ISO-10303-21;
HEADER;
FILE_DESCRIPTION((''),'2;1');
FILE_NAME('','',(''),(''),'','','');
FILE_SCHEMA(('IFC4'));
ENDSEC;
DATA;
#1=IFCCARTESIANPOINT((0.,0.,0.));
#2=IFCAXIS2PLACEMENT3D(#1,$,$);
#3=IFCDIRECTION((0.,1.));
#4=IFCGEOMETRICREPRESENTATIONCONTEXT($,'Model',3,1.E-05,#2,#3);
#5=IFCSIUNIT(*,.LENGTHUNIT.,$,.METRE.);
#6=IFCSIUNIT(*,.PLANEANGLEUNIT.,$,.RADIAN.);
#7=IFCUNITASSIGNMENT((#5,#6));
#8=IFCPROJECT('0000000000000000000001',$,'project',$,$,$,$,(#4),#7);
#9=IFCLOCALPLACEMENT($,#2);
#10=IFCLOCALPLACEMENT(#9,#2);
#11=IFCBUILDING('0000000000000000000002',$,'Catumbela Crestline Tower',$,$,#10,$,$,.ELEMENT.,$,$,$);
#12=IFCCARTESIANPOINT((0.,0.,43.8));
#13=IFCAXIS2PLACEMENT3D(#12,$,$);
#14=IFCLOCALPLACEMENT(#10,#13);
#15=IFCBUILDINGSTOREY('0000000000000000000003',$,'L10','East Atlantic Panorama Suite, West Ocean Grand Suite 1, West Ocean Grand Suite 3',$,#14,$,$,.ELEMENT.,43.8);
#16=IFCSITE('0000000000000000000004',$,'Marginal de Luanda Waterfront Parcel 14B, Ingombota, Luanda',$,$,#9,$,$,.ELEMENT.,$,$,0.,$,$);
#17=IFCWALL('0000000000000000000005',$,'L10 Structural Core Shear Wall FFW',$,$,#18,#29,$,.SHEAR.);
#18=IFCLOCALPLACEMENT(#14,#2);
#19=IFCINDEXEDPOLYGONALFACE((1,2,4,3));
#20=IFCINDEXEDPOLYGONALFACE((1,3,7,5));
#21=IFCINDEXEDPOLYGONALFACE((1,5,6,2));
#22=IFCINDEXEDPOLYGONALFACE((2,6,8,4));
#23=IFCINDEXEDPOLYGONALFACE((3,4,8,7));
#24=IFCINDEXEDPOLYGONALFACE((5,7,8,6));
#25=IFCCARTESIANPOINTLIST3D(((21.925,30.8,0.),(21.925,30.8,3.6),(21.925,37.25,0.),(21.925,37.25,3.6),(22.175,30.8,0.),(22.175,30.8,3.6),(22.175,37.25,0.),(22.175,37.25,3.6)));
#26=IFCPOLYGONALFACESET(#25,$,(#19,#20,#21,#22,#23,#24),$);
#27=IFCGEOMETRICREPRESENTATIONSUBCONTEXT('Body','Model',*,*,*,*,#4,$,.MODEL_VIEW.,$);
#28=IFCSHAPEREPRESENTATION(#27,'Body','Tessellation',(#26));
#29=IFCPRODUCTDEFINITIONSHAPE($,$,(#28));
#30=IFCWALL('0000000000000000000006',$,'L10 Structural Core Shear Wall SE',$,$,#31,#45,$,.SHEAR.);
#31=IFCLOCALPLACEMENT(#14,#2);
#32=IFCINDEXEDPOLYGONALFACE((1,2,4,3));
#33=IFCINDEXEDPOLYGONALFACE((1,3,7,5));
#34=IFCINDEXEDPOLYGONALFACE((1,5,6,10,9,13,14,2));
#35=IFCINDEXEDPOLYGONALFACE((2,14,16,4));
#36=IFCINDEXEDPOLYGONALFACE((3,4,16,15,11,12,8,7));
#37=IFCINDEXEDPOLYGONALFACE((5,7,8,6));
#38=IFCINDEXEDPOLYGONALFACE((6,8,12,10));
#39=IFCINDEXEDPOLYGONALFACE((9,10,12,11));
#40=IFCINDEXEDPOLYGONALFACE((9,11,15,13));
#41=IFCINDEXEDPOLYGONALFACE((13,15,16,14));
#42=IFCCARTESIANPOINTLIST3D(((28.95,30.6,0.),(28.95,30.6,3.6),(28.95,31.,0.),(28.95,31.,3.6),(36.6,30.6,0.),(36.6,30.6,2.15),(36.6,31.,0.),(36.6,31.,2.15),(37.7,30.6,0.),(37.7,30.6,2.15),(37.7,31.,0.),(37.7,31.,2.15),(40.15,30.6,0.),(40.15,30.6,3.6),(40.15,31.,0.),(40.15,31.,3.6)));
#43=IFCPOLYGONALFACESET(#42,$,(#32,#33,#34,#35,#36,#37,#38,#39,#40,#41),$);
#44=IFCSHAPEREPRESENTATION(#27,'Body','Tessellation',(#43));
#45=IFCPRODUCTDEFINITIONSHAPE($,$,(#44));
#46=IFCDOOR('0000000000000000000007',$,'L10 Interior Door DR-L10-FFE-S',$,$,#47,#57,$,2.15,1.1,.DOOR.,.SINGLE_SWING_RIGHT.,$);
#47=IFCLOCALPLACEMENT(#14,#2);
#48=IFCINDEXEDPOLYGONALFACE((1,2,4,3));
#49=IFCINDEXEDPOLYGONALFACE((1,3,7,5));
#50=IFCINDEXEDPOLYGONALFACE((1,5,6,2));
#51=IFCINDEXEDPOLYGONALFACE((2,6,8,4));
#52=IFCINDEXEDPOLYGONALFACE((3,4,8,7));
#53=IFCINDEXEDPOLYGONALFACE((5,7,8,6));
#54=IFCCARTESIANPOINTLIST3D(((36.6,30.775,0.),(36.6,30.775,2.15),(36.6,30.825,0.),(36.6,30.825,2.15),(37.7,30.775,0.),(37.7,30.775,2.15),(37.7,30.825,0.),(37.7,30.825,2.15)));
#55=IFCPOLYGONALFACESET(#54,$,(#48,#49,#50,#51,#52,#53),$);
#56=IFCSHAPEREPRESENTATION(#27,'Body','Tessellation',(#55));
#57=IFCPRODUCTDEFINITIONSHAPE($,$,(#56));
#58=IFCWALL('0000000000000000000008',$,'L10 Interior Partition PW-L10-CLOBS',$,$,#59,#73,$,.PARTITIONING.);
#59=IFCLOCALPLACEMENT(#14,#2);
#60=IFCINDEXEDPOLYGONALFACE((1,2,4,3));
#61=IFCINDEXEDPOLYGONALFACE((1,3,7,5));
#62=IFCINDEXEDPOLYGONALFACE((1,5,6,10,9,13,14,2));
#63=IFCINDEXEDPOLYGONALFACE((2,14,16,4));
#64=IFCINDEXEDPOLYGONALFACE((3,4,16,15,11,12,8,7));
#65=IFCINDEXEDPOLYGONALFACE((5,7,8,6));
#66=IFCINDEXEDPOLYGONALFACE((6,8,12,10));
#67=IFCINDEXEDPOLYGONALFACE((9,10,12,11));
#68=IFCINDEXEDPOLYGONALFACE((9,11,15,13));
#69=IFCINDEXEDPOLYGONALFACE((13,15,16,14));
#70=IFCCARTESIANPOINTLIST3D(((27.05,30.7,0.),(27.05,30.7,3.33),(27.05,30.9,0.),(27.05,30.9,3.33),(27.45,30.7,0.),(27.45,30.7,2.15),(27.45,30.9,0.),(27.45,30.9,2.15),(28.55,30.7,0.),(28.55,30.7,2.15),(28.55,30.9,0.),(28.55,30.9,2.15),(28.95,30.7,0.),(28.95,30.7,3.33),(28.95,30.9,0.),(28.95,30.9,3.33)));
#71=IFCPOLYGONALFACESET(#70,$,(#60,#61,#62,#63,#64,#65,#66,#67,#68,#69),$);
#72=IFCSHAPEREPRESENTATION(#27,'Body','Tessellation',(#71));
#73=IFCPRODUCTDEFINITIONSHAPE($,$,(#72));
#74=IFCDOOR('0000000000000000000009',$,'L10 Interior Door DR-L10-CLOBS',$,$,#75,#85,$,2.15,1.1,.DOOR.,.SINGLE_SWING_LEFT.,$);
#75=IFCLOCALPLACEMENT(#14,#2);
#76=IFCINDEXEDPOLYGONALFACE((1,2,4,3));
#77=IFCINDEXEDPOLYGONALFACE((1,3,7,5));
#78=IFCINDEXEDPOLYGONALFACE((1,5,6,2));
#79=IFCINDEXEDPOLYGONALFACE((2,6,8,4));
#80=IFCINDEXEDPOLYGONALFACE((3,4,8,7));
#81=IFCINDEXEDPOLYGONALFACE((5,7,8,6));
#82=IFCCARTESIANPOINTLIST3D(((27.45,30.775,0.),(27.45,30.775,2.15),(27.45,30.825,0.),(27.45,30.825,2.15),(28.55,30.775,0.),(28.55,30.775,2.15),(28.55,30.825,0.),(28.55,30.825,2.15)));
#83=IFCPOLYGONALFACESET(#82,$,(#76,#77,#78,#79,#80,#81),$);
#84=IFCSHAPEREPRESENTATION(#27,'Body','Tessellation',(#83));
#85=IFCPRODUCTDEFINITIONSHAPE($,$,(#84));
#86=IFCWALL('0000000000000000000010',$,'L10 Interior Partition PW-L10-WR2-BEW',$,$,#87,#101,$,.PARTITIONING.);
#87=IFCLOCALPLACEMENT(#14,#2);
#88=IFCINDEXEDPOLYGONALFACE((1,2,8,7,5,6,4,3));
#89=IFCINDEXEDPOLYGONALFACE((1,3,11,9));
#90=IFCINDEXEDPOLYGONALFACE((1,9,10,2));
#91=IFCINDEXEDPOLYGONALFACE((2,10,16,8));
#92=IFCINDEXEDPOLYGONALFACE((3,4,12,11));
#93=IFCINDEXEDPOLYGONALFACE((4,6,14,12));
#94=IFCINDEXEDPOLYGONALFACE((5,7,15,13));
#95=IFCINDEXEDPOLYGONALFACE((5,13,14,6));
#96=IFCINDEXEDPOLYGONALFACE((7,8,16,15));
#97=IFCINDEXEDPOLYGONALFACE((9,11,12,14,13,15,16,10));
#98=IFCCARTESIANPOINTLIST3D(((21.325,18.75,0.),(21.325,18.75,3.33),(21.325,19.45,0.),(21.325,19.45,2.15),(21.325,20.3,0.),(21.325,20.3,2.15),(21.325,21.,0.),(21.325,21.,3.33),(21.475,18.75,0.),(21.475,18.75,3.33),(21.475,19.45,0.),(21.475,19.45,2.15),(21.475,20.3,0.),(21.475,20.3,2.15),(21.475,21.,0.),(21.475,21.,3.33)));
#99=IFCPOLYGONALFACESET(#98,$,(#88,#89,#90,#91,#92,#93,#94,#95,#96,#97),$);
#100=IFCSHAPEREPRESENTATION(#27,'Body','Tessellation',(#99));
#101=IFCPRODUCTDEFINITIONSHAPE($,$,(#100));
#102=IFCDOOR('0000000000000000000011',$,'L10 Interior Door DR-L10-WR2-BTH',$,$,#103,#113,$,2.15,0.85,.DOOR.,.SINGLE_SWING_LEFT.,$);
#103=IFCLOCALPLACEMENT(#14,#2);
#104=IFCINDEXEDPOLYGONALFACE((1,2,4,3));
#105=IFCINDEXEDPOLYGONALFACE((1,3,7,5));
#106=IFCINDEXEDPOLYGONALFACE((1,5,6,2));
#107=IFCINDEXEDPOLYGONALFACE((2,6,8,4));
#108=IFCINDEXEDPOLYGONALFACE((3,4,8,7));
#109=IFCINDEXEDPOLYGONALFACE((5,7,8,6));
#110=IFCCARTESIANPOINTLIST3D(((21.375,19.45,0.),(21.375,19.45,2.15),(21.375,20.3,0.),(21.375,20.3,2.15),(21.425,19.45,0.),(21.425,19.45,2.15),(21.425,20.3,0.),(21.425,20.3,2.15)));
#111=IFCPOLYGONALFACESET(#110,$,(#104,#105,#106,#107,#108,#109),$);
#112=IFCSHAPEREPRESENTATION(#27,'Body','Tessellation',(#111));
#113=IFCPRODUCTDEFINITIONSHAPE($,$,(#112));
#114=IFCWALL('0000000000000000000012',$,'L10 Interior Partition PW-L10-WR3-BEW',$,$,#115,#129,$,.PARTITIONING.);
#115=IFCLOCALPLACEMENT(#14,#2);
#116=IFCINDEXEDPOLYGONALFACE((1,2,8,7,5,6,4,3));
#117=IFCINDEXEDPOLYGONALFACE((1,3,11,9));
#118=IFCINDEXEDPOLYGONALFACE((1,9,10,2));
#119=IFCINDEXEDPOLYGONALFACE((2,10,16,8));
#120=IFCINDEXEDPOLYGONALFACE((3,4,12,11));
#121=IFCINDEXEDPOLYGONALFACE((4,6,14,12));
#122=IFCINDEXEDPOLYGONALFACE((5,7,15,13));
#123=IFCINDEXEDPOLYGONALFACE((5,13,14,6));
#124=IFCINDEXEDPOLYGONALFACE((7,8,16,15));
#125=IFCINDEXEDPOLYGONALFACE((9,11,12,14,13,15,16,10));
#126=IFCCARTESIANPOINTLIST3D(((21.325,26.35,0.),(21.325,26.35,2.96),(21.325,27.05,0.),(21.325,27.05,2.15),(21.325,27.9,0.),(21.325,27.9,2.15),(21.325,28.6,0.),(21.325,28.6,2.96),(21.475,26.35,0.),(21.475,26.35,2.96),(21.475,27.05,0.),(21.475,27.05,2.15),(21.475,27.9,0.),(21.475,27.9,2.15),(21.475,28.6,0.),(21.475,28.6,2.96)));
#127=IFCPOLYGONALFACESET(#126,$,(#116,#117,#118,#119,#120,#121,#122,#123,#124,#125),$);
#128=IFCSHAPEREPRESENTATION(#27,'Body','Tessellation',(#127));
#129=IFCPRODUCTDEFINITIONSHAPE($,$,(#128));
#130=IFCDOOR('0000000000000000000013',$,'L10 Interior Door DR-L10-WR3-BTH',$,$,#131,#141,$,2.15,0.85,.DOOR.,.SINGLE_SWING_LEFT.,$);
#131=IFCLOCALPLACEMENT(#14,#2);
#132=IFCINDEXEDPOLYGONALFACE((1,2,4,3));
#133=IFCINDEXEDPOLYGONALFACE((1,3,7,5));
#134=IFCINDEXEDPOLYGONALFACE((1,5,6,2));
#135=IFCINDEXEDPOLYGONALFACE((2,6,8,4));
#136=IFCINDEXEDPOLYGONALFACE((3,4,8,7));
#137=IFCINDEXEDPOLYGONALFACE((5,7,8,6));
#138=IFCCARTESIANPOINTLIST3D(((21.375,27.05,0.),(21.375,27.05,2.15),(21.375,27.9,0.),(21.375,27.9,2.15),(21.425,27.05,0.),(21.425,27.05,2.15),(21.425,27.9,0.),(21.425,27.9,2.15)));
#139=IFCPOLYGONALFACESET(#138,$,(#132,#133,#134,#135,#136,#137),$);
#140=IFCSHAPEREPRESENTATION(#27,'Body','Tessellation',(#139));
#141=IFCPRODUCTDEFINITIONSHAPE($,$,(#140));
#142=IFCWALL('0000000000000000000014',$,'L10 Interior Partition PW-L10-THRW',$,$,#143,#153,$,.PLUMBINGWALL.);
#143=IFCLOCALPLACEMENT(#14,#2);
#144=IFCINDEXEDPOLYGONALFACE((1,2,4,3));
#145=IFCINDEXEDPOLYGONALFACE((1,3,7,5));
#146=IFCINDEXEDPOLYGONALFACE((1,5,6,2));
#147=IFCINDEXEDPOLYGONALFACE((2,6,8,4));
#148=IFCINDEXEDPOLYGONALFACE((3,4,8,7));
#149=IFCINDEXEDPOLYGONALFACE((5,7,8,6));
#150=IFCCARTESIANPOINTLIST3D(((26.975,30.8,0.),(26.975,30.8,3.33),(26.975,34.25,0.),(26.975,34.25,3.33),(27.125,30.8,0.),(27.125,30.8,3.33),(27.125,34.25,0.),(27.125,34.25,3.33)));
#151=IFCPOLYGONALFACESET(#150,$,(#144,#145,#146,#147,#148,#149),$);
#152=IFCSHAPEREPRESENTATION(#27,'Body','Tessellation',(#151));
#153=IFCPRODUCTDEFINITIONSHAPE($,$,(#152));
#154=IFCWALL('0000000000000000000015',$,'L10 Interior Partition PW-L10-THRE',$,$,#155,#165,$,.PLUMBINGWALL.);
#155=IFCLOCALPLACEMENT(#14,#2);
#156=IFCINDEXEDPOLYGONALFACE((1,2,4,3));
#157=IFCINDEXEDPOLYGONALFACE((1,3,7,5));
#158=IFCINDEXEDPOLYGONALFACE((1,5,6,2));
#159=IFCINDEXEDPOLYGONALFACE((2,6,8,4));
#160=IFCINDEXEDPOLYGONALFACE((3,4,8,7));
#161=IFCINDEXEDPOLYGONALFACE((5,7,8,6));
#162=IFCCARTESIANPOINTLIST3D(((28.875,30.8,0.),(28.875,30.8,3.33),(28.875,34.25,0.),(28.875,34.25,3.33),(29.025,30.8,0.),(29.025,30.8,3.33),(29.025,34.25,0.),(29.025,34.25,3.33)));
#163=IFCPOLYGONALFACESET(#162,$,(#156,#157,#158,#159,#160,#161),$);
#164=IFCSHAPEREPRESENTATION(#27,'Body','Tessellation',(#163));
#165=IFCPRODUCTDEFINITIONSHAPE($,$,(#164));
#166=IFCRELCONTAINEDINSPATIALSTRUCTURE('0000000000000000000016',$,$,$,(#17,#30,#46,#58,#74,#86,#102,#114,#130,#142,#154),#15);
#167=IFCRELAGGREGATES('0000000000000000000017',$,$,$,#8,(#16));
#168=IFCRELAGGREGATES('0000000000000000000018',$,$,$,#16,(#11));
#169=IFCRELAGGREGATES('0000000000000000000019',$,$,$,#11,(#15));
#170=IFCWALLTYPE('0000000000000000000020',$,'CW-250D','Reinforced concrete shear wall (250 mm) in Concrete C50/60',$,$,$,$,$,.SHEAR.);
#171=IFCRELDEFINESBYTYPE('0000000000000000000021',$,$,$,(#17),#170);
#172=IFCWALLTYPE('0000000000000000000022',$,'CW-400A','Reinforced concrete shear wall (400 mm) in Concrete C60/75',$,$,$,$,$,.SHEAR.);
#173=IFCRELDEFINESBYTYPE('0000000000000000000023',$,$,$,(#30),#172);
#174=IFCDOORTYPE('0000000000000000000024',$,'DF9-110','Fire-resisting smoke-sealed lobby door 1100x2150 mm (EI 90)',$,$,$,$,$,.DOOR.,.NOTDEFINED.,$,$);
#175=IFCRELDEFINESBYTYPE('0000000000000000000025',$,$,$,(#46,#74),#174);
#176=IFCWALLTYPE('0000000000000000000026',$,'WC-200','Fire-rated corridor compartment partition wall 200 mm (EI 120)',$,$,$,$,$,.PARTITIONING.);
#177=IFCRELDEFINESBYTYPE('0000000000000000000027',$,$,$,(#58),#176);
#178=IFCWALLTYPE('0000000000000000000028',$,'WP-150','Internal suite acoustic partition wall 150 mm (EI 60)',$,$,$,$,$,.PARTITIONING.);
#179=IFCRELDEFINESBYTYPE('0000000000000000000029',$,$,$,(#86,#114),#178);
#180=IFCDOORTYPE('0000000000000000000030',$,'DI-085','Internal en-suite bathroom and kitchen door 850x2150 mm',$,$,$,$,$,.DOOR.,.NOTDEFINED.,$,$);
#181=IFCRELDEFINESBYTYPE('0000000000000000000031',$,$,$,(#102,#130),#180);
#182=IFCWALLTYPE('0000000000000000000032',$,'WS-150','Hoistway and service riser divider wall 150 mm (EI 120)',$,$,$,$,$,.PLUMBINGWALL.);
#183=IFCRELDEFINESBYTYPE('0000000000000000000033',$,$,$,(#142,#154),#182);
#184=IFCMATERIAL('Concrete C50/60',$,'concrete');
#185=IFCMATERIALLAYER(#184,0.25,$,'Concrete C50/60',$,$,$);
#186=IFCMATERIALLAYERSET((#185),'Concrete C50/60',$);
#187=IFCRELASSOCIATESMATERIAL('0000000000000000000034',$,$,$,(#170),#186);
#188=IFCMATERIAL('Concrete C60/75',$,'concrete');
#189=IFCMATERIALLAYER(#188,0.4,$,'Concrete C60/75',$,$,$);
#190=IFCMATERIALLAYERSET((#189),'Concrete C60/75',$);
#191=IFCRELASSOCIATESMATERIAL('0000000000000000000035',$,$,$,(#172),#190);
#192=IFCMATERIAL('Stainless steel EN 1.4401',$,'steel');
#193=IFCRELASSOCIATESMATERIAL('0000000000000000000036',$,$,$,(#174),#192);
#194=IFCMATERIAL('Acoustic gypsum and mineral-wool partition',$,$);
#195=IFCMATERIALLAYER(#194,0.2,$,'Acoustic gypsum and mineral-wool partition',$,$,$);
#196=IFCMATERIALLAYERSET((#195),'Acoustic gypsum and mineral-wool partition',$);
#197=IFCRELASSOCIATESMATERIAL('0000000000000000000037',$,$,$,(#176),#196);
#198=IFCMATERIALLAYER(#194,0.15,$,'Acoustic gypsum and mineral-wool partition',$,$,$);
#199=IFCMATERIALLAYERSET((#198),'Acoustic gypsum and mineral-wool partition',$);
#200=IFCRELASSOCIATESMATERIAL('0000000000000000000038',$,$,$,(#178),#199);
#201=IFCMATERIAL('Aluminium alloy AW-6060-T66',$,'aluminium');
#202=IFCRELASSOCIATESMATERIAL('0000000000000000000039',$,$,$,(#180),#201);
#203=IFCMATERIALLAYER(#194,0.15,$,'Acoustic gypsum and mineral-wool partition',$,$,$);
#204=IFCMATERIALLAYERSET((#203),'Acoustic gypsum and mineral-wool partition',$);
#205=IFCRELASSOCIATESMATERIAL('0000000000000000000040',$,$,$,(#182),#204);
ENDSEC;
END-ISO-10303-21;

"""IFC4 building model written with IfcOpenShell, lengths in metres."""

from ifc_helpers import new_model, si_unit, direction, frame, frame_2d, origin, place, context, subcontext, project, spatial, rectangle, extrude, material, layer, layer_set, type_object, element, fill, save


model = new_model("IFC4")

# Units and contexts
model_context = context("Model", 3, precision=1e-05, world=origin(), true_north=direction((0.0, 1.0)))
body_context = subcontext(model_context, "Body", "Model", "MODEL_VIEW")
ifc_project = project(units=[si_unit("LENGTHUNIT", "METRE"), si_unit("PLANEANGLEUNIT", "RADIAN")], contexts=[model_context])

# Site, building, storey
site_placement = place(None, origin())
site = spatial("IfcSite", under=ifc_project, at=site_placement, Name="Marginal de Luanda Waterfront Parcel 14B, Ingombota, Luanda", CompositionType="ELEMENT", RefElevation=0.0)
building_placement = place(site_placement, origin())
building = spatial("IfcBuilding", under=site, at=building_placement, Name="Catumbela Crestline Tower", CompositionType="ELEMENT")
storey_placement = place(building_placement, frame((0.0, 0.0, 43.8)))
storey = spatial("IfcBuildingStorey", under=building, at=storey_placement, Name="L10", Description="East Atlantic Panorama Suite, West Ocean Grand Suite 1, West Ocean Grand Suite 3", CompositionType="ELEMENT", Elevation=43.8)

# Shared definitions
ifc_material_1 = material(Name="Concrete C60/75", Category="concrete")

# Shared definitions
ifc_material_2 = material(Name="Aluminium alloy AW-6060-T66", Category="aluminium")

# Wall
ifc_material_3 = material(Name="Concrete C50/60", Category="concrete")
ifc_layer_1 = layer(ifc_material_3, 0.25, Name="Concrete C50/60")
ifc_layer_set_1 = layer_set([ifc_layer_1], Name="Concrete C50/60")
wall_type_1 = type_object("IfcWallType", Name="CW-250D", Description="Reinforced concrete shear wall (250 mm) in Concrete C50/60", PredefinedType="SHEAR", material=ifc_layer_set_1)
wall_1_placement = place(storey_placement, frame((22.05, 30.8, 0.0), z_axis=(0.0, 0.0, 1.0), x_axis=(0.0, 1.0, 0.0)))
element("IfcWall", 1, at=wall_1_placement, inside=storey, type_object=wall_type_1, Name="L10 Structural Core Shear Wall FFW", PredefinedType="SHEAR", context=body_context, shape_type="SweptSolid", body=[
    extrude(rectangle(XDim=6.45, YDim=0.25, at=frame_2d((3.225, 0.0))), origin(), (0.0, 0.0, 1.0), 3.6),
])

# Walls, openings, doors
ifc_layer_2 = layer(ifc_material_1, 0.4, Name="Concrete C60/75")
ifc_layer_set_2 = layer_set([ifc_layer_2], Name="Concrete C60/75")
wall_type_2 = type_object("IfcWallType", Name="CW-400A", Description="Reinforced concrete shear wall (400 mm) in Concrete C60/75", PredefinedType="SHEAR", material=ifc_layer_set_2)
wall_2_placement = place(storey_placement, frame((28.95, 30.8, 0.0), z_axis=(0.0, 0.0, 1.0), x_axis=(1.0, 0.0, 0.0)))
wall_2 = element("IfcWall", 2, at=wall_2_placement, inside=storey, type_object=wall_type_2, Name="L10 Structural Core Shear Wall SE", PredefinedType="SHEAR", context=body_context, shape_type="SweptSolid", body=[
    extrude(rectangle(XDim=11.2, YDim=0.4, at=frame_2d((5.6, 0.0))), origin(), (0.0, 0.0, 1.0), 3.6),
])
opening_1_placement = place(wall_2_placement, frame((7.65, 0.0, 0.0)))
opening_1 = element("IfcOpeningElement", 3, at=opening_1_placement, cuts=wall_2, PredefinedType="OPENING", context=body_context, shape_type="SweptSolid", body=[
    extrude(rectangle(XDim=1.1, YDim=2.15, at=frame_2d((0.55, 1.075))), frame((0.0, 0.21, 0.0), z_axis=(0.0, -1.0, 0.0), x_axis=(1.0, 0.0, 0.0)), (0.0, 0.0, 1.0), 0.42),
])
ifc_material_4 = material(Name="Stainless steel EN 1.4401", Category="steel")
door_type_1 = type_object("IfcDoorType", Name="DF9-110", Description="Fire-resisting smoke-sealed lobby door 1100x2150 mm (EI 90)", OperationType="NOTDEFINED", PredefinedType="DOOR", material=ifc_material_4)
door_1_placement = place(opening_1_placement, origin())
door_1 = element("IfcDoor", 4, at=door_1_placement, inside=storey, type_object=door_type_1, Name="L10 Interior Door DR-L10-FFE-S", OperationType="SINGLE_SWING_RIGHT", OverallHeight=2.15, OverallWidth=1.1, PredefinedType="DOOR", context=body_context, shape_type="SweptSolid", body=[
    extrude(rectangle(XDim=1.1, YDim=2.15, at=frame_2d((0.55, 1.075))), frame((0.0, 0.025, 0.0), z_axis=(0.0, -1.0, 0.0), x_axis=(1.0, 0.0, 0.0)), (0.0, 0.0, 1.0), 0.05),
])
fill(opening_1, door_1)
ifc_material_5 = material(Name="Acoustic gypsum and mineral-wool partition")
ifc_layer_3 = layer(ifc_material_5, 0.2, Name="Acoustic gypsum and mineral-wool partition")
ifc_layer_set_3 = layer_set([ifc_layer_3], Name="Acoustic gypsum and mineral-wool partition")
wall_type_3 = type_object("IfcWallType", Name="WC-200", Description="Fire-rated corridor compartment partition wall 200 mm (EI 120)", PredefinedType="PARTITIONING", material=ifc_layer_set_3)
wall_3_placement = place(storey_placement, frame((27.05, 30.8, 0.0), z_axis=(0.0, 0.0, 1.0), x_axis=(1.0, 0.0, 0.0)))
wall_3 = element("IfcWall", 5, at=wall_3_placement, inside=storey, type_object=wall_type_3, Name="L10 Interior Partition PW-L10-CLOBS", PredefinedType="PARTITIONING", context=body_context, shape_type="SweptSolid", body=[
    extrude(rectangle(XDim=1.9, YDim=0.2, at=frame_2d((0.95, 0.0))), origin(), (0.0, 0.0, 1.0), 3.33),
])
opening_2_placement = place(wall_3_placement, frame((0.4, 0.0, 0.0)))
opening_2 = element("IfcOpeningElement", 6, at=opening_2_placement, cuts=wall_3, PredefinedType="OPENING", context=body_context, shape_type="SweptSolid", body=[
    extrude(rectangle(XDim=1.1, YDim=2.15, at=frame_2d((0.55, 1.075))), frame((0.0, 0.11, 0.0), z_axis=(0.0, -1.0, 0.0), x_axis=(1.0, 0.0, 0.0)), (0.0, 0.0, 1.0), 0.22),
])
door_2_placement = place(opening_2_placement, origin())
door_2 = element("IfcDoor", 7, at=door_2_placement, inside=storey, type_object=door_type_1, Name="L10 Interior Door DR-L10-CLOBS", OperationType="SINGLE_SWING_LEFT", OverallHeight=2.15, OverallWidth=1.1, PredefinedType="DOOR", context=body_context, shape_type="SweptSolid", body=[
    extrude(rectangle(XDim=1.1, YDim=2.15, at=frame_2d((0.55, 1.075))), frame((0.0, 0.025, 0.0), z_axis=(0.0, -1.0, 0.0), x_axis=(1.0, 0.0, 0.0)), (0.0, 0.0, 1.0), 0.05),
])
fill(opening_2, door_2)
ifc_layer_4 = layer(ifc_material_5, 0.15, Name="Acoustic gypsum and mineral-wool partition")
ifc_layer_set_4 = layer_set([ifc_layer_4], Name="Acoustic gypsum and mineral-wool partition")
wall_type_4 = type_object("IfcWallType", Name="WP-150", Description="Internal suite acoustic partition wall 150 mm (EI 60)", PredefinedType="PARTITIONING", material=ifc_layer_set_4)
wall_4_placement = place(storey_placement, frame((21.4, 18.75, 0.0), z_axis=(0.0, 0.0, 1.0), x_axis=(0.0, 1.0, 0.0)))
wall_4 = element("IfcWall", 8, at=wall_4_placement, inside=storey, type_object=wall_type_4, Name="L10 Interior Partition PW-L10-WR2-BEW", PredefinedType="PARTITIONING", context=body_context, shape_type="SweptSolid", body=[
    extrude(rectangle(XDim=2.25, YDim=0.15, at=frame_2d((1.125, 0.0))), origin(), (0.0, 0.0, 1.0), 3.33),
])
opening_3_placement = place(wall_4_placement, frame((0.7, 0.0, 0.0)))
opening_3 = element("IfcOpeningElement", 9, at=opening_3_placement, cuts=wall_4, PredefinedType="OPENING", context=body_context, shape_type="SweptSolid", body=[
    extrude(rectangle(XDim=0.85, YDim=2.15, at=frame_2d((0.425, 1.075))), frame((0.0, 0.085, 0.0), z_axis=(0.0, -1.0, 0.0), x_axis=(1.0, 0.0, 0.0)), (0.0, 0.0, 1.0), 0.17),
])
door_type_2 = type_object("IfcDoorType", Name="DI-085", Description="Internal en-suite bathroom and kitchen door 850x2150 mm", OperationType="NOTDEFINED", PredefinedType="DOOR", material=ifc_material_2)
door_3_placement = place(opening_3_placement, origin())
door_3 = element("IfcDoor", 10, at=door_3_placement, inside=storey, type_object=door_type_2, Name="L10 Interior Door DR-L10-WR2-BTH", OperationType="SINGLE_SWING_LEFT", OverallHeight=2.15, OverallWidth=0.85, PredefinedType="DOOR", context=body_context, shape_type="SweptSolid", body=[
    extrude(rectangle(XDim=0.85, YDim=2.15, at=frame_2d((0.425, 1.075))), frame((0.0, 0.025, 0.0), z_axis=(0.0, -1.0, 0.0), x_axis=(1.0, 0.0, 0.0)), (0.0, 0.0, 1.0), 0.05),
])
fill(opening_3, door_3)
wall_5_placement = place(storey_placement, frame((21.4, 26.35, 0.0), z_axis=(0.0, 0.0, 1.0), x_axis=(0.0, 1.0, 0.0)))
wall_5 = element("IfcWall", 11, at=wall_5_placement, inside=storey, type_object=wall_type_4, Name="L10 Interior Partition PW-L10-WR3-BEW", PredefinedType="PARTITIONING", context=body_context, shape_type="SweptSolid", body=[
    extrude(rectangle(XDim=2.25, YDim=0.15, at=frame_2d((1.125, 0.0))), origin(), (0.0, 0.0, 1.0), 2.96),
])
opening_4_placement = place(wall_5_placement, frame((0.7, 0.0, 0.0)))
opening_4 = element("IfcOpeningElement", 12, at=opening_4_placement, cuts=wall_5, PredefinedType="OPENING", context=body_context, shape_type="SweptSolid", body=[
    extrude(rectangle(XDim=0.85, YDim=2.15, at=frame_2d((0.425, 1.075))), frame((0.0, 0.085, 0.0), z_axis=(0.0, -1.0, 0.0), x_axis=(1.0, 0.0, 0.0)), (0.0, 0.0, 1.0), 0.17),
])
door_4_placement = place(opening_4_placement, origin())
door_4 = element("IfcDoor", 13, at=door_4_placement, inside=storey, type_object=door_type_2, Name="L10 Interior Door DR-L10-WR3-BTH", OperationType="SINGLE_SWING_LEFT", OverallHeight=2.15, OverallWidth=0.85, PredefinedType="DOOR", context=body_context, shape_type="SweptSolid", body=[
    extrude(rectangle(XDim=0.85, YDim=2.15, at=frame_2d((0.425, 1.075))), frame((0.0, 0.025, 0.0), z_axis=(0.0, -1.0, 0.0), x_axis=(1.0, 0.0, 0.0)), (0.0, 0.0, 1.0), 0.05),
])
fill(opening_4, door_4)

# Walls
ifc_layer_5 = layer(ifc_material_5, 0.15, Name="Acoustic gypsum and mineral-wool partition")
ifc_layer_set_5 = layer_set([ifc_layer_5], Name="Acoustic gypsum and mineral-wool partition")
wall_type_5 = type_object("IfcWallType", Name="WS-150", Description="Hoistway and service riser divider wall 150 mm (EI 120)", PredefinedType="PLUMBINGWALL", material=ifc_layer_set_5)
for number, where, z_axis, x_axis, name in (
    (14, (27.05, 30.8, 0.0), (0.0, 0.0, 1.0), (0.0, 1.0, 0.0), "L10 Interior Partition PW-L10-THRW"),
    (15, (28.95, 30.8, 0.0), (0.0, 0.0, 1.0), (0.0, 1.0, 0.0), "L10 Interior Partition PW-L10-THRE"),
):
    element("IfcWall", number, at=place(storey_placement, frame(where, z_axis=z_axis, x_axis=x_axis)), inside=storey, type_object=wall_type_5, Name=name, PredefinedType="PLUMBINGWALL", context=body_context, shape_type="SweptSolid", body=[
        extrude(rectangle(XDim=3.45, YDim=0.15, at=frame_2d((1.725, 0.0))), origin(), (0.0, 0.0, 1.0), 3.33),
    ])

save(model, "model.ifc")
